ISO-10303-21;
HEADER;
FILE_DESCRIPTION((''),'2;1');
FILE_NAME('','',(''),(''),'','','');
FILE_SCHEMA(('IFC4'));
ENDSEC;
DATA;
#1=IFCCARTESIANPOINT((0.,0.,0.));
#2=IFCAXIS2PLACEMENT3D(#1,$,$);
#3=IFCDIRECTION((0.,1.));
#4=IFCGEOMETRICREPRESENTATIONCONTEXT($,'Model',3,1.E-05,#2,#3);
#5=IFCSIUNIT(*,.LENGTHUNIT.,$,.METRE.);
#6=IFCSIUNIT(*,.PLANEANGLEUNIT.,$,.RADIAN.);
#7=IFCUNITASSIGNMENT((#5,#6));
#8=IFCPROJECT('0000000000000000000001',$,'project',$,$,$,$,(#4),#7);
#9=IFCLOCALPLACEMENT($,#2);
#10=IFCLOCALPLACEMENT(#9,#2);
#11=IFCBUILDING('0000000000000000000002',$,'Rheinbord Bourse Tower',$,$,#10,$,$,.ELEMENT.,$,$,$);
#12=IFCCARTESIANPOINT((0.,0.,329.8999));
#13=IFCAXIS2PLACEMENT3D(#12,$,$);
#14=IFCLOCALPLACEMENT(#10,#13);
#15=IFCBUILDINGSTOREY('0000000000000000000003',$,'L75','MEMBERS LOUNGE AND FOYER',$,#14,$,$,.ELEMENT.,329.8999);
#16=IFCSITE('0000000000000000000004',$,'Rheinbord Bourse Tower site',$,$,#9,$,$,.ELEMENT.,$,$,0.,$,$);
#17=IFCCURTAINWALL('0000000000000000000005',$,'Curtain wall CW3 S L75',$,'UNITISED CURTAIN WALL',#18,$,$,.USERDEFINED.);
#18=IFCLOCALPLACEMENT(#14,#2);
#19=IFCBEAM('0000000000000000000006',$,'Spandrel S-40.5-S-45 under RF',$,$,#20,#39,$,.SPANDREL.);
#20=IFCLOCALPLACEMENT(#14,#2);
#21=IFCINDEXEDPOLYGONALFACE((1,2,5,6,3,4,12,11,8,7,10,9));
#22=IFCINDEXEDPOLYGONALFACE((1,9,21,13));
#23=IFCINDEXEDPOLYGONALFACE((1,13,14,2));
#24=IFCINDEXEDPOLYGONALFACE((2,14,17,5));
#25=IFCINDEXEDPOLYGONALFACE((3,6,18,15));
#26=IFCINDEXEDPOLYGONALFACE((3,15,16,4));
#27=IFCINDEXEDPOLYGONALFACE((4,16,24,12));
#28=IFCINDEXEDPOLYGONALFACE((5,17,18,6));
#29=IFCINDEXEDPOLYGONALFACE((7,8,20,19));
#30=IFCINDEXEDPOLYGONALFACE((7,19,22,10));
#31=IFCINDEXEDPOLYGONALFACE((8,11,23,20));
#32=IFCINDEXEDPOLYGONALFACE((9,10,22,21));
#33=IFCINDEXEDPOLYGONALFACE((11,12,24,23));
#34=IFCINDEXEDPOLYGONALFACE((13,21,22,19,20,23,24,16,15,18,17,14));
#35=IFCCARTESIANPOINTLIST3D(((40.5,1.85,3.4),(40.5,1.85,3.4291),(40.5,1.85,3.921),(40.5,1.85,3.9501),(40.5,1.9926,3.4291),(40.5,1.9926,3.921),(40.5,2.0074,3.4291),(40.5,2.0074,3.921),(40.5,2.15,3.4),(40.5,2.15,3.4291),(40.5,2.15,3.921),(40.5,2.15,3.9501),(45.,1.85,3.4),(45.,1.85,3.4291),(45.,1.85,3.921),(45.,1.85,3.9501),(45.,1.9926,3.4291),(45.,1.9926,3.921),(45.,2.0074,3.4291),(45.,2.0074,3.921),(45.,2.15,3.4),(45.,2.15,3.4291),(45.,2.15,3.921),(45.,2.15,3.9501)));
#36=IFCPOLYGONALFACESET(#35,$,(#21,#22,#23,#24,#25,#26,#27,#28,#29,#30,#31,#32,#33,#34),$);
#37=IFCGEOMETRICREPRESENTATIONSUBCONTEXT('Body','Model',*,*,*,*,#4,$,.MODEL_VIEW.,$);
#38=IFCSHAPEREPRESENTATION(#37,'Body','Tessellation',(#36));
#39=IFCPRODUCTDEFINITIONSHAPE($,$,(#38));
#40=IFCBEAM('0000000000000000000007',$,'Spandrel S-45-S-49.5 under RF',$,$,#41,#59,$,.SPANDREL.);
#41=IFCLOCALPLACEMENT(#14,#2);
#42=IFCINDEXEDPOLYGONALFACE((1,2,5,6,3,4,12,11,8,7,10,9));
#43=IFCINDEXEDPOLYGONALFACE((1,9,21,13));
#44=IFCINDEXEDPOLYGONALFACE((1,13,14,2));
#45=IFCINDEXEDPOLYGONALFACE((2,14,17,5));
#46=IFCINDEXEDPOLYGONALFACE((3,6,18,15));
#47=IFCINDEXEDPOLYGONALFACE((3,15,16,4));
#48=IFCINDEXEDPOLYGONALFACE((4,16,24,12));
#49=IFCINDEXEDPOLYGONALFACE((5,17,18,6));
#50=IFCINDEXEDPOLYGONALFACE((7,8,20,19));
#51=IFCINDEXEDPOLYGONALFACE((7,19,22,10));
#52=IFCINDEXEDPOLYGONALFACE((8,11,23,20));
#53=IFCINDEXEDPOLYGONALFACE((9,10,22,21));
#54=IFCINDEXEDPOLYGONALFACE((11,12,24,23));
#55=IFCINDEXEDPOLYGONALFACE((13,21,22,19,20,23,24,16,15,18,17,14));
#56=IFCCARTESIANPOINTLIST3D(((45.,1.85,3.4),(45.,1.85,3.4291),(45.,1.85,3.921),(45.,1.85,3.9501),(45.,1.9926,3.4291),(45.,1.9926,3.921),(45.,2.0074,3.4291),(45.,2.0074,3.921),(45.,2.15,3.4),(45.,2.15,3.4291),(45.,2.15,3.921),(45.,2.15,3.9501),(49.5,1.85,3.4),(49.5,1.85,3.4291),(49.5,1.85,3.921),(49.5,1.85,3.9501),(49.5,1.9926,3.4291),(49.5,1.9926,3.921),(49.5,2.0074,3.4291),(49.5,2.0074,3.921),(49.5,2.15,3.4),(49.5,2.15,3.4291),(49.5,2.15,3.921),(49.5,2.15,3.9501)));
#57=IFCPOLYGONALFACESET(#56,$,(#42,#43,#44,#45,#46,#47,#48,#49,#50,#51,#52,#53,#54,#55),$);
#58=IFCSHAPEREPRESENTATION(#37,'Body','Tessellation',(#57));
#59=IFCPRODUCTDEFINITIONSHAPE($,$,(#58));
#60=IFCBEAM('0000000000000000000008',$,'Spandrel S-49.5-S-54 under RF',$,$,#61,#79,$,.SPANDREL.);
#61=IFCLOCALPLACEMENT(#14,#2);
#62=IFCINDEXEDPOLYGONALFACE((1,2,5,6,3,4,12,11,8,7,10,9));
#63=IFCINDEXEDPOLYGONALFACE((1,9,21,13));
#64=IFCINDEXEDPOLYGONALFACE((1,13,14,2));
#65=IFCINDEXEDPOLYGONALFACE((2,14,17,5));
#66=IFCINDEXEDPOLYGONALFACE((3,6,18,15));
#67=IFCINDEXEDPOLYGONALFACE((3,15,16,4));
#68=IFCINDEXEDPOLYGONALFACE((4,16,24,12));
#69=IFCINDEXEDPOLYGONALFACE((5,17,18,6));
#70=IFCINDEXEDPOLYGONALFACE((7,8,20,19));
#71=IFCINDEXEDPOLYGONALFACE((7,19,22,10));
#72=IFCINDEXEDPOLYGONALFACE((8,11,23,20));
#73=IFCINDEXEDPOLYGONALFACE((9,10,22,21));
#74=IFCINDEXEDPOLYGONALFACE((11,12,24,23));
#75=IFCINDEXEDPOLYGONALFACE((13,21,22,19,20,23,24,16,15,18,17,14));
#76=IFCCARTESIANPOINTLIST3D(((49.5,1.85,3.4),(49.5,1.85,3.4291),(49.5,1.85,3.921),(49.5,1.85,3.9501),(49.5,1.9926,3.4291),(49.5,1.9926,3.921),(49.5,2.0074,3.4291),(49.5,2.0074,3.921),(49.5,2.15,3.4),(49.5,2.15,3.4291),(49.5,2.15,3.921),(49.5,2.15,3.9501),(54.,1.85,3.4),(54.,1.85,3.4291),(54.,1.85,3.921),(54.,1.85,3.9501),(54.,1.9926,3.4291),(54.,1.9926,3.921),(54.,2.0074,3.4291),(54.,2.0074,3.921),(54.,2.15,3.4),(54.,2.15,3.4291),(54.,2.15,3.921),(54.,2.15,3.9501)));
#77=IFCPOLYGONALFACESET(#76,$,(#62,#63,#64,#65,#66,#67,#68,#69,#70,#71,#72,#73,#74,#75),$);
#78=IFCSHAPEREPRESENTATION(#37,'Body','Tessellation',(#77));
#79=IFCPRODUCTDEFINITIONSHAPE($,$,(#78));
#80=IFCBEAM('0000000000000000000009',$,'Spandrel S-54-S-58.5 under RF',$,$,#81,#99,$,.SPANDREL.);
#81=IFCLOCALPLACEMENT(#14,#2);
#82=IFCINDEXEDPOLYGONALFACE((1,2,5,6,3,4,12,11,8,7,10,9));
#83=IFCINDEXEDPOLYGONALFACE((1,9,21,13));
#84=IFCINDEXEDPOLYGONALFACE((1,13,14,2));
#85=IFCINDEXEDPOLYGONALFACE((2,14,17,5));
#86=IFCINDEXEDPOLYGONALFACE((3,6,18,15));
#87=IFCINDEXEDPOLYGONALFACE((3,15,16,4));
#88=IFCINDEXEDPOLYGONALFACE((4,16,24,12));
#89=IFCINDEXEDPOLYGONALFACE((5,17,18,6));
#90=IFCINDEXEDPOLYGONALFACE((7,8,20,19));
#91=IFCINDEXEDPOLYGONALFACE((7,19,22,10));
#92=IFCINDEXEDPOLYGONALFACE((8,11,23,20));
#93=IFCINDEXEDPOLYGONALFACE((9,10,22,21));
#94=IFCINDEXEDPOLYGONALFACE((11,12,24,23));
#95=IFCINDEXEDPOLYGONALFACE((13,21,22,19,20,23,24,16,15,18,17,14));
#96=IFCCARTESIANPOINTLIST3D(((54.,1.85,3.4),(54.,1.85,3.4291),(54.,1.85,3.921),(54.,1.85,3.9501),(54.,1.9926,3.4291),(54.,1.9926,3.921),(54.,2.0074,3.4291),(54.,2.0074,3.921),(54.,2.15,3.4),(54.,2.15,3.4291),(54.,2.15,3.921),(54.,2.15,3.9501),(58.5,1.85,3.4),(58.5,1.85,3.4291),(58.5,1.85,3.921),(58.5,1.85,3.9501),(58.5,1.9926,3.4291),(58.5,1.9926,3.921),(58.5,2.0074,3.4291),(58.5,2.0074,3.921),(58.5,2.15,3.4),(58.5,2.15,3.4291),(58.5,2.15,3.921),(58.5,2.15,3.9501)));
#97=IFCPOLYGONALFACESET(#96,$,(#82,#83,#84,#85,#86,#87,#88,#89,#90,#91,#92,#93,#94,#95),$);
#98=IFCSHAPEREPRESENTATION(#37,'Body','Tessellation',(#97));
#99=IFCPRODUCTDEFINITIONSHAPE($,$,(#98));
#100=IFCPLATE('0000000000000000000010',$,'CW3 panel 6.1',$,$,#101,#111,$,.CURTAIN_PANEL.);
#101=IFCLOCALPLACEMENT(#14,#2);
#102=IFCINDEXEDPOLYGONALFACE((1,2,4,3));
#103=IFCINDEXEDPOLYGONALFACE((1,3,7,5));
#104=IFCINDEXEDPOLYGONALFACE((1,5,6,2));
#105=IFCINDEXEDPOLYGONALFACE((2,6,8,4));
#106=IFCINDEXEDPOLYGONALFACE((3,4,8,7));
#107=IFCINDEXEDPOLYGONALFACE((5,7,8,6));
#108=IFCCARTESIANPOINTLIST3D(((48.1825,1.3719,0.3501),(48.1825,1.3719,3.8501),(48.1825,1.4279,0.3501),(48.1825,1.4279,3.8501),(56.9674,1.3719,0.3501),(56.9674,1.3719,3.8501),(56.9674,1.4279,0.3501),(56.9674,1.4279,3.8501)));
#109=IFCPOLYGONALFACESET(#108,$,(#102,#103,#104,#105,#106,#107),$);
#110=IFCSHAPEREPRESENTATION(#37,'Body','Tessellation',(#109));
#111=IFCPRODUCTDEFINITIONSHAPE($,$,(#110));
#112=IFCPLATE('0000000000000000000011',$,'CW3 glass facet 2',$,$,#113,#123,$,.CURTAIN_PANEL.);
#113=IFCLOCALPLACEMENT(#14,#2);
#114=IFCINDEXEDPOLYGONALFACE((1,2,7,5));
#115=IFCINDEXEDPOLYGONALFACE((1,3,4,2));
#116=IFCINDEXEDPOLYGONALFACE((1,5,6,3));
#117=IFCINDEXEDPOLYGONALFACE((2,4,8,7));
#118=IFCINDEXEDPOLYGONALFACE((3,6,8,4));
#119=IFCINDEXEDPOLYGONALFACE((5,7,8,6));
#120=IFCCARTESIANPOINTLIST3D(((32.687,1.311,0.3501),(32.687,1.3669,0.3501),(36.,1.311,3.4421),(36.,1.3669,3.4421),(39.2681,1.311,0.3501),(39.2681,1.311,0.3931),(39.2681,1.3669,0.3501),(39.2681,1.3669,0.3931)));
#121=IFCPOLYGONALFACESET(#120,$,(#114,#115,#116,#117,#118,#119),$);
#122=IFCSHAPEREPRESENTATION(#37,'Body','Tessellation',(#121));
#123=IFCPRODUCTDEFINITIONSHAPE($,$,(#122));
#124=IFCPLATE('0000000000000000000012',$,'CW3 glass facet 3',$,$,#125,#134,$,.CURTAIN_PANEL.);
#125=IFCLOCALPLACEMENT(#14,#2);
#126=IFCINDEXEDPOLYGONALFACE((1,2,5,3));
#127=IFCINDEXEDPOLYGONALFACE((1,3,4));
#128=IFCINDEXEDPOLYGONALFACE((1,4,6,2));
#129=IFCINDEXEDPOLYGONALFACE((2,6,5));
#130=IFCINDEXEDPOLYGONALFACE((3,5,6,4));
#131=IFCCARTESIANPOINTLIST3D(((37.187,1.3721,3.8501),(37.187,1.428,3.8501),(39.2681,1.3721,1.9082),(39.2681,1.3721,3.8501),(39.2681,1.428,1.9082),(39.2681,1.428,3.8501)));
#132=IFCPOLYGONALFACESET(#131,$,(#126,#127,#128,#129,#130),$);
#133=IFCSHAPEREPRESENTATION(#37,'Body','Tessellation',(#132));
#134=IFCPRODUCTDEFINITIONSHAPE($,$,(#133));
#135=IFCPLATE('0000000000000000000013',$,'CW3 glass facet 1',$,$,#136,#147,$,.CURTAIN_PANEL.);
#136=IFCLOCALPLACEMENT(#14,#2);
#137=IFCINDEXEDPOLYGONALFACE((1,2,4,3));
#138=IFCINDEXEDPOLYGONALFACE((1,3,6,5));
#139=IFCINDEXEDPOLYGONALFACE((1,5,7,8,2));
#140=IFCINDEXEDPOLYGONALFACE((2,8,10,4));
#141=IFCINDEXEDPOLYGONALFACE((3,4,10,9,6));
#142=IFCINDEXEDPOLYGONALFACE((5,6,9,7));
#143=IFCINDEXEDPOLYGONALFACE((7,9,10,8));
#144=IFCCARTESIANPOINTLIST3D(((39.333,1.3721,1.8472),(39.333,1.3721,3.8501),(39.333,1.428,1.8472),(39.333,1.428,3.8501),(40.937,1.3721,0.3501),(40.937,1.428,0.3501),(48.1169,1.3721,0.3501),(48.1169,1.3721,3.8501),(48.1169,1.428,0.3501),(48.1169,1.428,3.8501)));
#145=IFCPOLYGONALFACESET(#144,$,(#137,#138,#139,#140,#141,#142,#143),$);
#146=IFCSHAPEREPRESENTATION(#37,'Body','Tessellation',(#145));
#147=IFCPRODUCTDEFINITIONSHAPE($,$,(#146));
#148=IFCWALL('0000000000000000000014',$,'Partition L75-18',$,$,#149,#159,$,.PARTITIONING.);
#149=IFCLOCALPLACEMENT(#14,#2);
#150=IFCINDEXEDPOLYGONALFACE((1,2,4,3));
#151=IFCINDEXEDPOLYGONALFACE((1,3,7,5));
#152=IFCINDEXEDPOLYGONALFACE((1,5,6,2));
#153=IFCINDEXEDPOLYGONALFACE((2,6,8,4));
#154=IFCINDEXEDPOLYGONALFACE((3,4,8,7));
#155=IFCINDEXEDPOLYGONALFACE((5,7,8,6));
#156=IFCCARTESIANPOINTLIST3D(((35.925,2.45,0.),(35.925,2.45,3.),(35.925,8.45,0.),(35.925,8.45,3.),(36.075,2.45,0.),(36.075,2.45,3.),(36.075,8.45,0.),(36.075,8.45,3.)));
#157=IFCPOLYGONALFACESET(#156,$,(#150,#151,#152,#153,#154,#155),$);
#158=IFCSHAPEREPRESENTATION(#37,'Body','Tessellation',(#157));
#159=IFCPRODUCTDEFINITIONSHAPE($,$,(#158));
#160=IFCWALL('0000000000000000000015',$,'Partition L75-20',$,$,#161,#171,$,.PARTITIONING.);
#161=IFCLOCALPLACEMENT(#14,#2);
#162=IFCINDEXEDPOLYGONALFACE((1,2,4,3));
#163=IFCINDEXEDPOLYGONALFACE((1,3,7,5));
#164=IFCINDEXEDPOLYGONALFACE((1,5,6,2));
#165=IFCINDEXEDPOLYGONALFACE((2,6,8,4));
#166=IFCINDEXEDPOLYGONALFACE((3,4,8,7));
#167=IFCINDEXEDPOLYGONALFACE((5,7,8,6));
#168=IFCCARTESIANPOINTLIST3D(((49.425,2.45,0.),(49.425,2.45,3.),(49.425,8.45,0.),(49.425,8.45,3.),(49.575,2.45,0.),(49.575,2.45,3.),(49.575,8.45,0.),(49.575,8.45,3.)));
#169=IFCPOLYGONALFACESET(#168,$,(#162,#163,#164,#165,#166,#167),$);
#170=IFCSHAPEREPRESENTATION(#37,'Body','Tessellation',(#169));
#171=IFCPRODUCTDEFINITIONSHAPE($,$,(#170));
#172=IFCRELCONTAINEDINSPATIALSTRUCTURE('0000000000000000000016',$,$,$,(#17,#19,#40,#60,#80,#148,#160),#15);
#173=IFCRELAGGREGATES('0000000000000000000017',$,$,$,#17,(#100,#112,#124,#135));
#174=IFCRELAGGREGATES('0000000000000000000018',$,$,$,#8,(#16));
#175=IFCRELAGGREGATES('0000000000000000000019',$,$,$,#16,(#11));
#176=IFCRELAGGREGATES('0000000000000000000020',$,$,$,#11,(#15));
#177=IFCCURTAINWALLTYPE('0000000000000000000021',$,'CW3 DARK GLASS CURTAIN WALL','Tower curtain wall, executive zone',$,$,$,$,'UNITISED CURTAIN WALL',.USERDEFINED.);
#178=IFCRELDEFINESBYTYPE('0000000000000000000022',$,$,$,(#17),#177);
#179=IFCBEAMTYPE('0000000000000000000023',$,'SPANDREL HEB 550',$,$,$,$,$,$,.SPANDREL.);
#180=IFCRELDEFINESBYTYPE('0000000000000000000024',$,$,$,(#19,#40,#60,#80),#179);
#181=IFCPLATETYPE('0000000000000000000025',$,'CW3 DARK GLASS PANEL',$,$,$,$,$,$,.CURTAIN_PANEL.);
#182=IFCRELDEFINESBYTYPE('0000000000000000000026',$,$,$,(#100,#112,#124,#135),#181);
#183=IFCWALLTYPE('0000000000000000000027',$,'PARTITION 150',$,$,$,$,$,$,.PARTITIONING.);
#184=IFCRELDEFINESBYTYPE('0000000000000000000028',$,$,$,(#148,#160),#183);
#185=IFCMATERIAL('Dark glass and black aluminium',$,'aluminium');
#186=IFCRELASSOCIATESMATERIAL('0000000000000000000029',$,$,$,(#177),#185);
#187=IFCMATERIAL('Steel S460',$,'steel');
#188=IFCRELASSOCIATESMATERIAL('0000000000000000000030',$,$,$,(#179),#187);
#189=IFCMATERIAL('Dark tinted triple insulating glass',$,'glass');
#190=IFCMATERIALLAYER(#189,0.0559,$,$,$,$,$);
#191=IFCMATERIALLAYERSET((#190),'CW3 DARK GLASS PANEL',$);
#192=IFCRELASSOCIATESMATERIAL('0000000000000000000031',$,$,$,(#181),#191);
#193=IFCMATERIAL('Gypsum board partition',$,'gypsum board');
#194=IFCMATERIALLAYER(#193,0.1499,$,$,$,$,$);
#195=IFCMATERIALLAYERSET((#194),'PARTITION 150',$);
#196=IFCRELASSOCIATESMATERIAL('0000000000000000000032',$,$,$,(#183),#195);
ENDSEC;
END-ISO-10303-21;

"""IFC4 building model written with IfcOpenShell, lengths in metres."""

from ifc_helpers import new_model, si_unit, direction, frame, frame_2d, origin, origin_2d, place, context, subcontext, project, spatial, polyline, rectangle, i_section, outline, extrude, material, layer, layer_set, material_profile, profile_set, type_object, element, aggregate, save


model = new_model("IFC4")

# Units and contexts
model_context = context("Model", 3, precision=1e-05, world=origin(), true_north=direction((0.0, 1.0)))
body_context = subcontext(model_context, "Body", "Model", "MODEL_VIEW")
ifc_project = project(units=[si_unit("LENGTHUNIT", "METRE"), si_unit("PLANEANGLEUNIT", "RADIAN")], contexts=[model_context])

# Site, building, storey
site_placement = place(None, origin())
site = spatial("IfcSite", under=ifc_project, at=site_placement, Name="Rheinbord Bourse Tower site", CompositionType="ELEMENT", RefElevation=0.0)
building_placement = place(site_placement, origin())
building = spatial("IfcBuilding", under=site, at=building_placement, Name="Rheinbord Bourse Tower", CompositionType="ELEMENT")
storey_placement = place(building_placement, frame((0.0, 0.0, 329.8999)))
storey = spatial("IfcBuildingStorey", under=building, at=storey_placement, Name="L75", Description="MEMBERS LOUNGE AND FOYER", CompositionType="ELEMENT", Elevation=329.8999)

# Curtain wall
ifc_material_1 = material(Name="Dark glass and black aluminium", Category="aluminium")
curtain_wall_type = type_object("IfcCurtainWallType", Name="CW3 DARK GLASS CURTAIN WALL", Description="Tower curtain wall, executive zone", ElementType="UNITISED CURTAIN WALL", PredefinedType="USERDEFINED", material=ifc_material_1)
curtain_wall_placement = place(storey_placement, origin())
curtain_wall = element("IfcCurtainWall", 1, at=curtain_wall_placement, inside=storey, type_object=curtain_wall_type, Name="Curtain wall CW3 S L75", ObjectType="UNITISED CURTAIN WALL", PredefinedType="USERDEFINED")

# Beams
ifc_material_2 = material(Name="Steel S460", Category="steel")
ifc_material_profile_1 = material_profile(ifc_material_2, i_section(OverallWidth=0.3, OverallDepth=0.55, WebThickness=0.0149, FlangeThickness=0.0291, at=origin_2d()), Name="HEB 550")
ifc_profile_set_1 = profile_set([ifc_material_profile_1], Name="Steel S460")
beam_type_1 = type_object("IfcBeamType", Name="SPANDREL HEB 550", PredefinedType="SPANDREL", material=ifc_profile_set_1)
for number, where, z_axis, x_axis, name in (
    (2, (40.5, 2.0, 3.675), (1.0, 0.0, 0.0), (0.0, 1.0, 0.0), "Spandrel S-40.5-S-45 under RF"),
    (3, (45.0, 2.0, 3.675), (1.0, 0.0, 0.0), (0.0, 1.0, 0.0), "Spandrel S-45-S-49.5 under RF"),
    (4, (49.5, 2.0, 3.675), (1.0, 0.0, 0.0), (0.0, 1.0, 0.0), "Spandrel S-49.5-S-54 under RF"),
    (5, (54.0, 2.0, 3.675), (1.0, 0.0, 0.0), (0.0, 1.0, 0.0), "Spandrel S-54-S-58.5 under RF"),
):
    element("IfcBeam", number, at=place(storey_placement, frame(where, z_axis=z_axis, x_axis=x_axis)), inside=storey, type_object=beam_type_1, Name=name, PredefinedType="SPANDREL", context=body_context, shape_type="SweptSolid", body=[
        extrude(i_section(OverallWidth=0.3, OverallDepth=0.55, WebThickness=0.0149, FlangeThickness=0.0291, at=origin_2d()), origin(), (0.0, 0.0, 1.0), 4.5),
    ])

# Plates
ifc_material_3 = material(Name="Dark tinted triple insulating glass", Category="glass")
ifc_layer_1 = layer(ifc_material_3, 0.0559)
ifc_layer_set_1 = layer_set([ifc_layer_1], Name="CW3 DARK GLASS PANEL")
plate_type = type_object("IfcPlateType", Name="CW3 DARK GLASS PANEL", PredefinedType="CURTAIN_PANEL", material=ifc_layer_set_1)
plate_1_placement = place(storey_placement, frame((52.575, 1.3999, 0.3501), z_axis=(0.0, 0.0, 1.0), x_axis=(1.0, 0.0, 0.0)))
plate_1 = element("IfcPlate", 6, at=plate_1_placement, type_object=plate_type, Name="CW3 panel 6.1", PredefinedType="CURTAIN_PANEL", context=body_context, shape_type="SweptSolid", body=[
    extrude(rectangle(XDim=8.7849, YDim=0.0559, at=origin_2d()), origin(), (0.0, 0.0, 1.0), 3.5),
])
plate_2_placement = place(storey_placement, frame((39.2681, 1.311, 0.3501), z_axis=(0.0, 1.0, 0.0), x_axis=(-1.0, 0.0, 0.0)))
plate_2 = element("IfcPlate", 7, at=plate_2_placement, type_object=plate_type, Name="CW3 glass facet 2", PredefinedType="CURTAIN_PANEL", context=body_context, shape_type="SweptSolid", body=[
    extrude(outline(polyline([(0.0, 0.0), (6.5811, 0.0), (3.2681, 3.092), (0.0, 0.043), (0.0, 0.0)])), origin(), (0.0, 0.0, 1.0), 0.0559),
])
plate_3_placement = place(storey_placement, frame((39.2681, 1.3721, 3.8501), z_axis=(0.0, 1.0, 0.0), x_axis=(0.0, 0.0, -1.0)))
plate_3 = element("IfcPlate", 8, at=plate_3_placement, type_object=plate_type, Name="CW3 glass facet 3", PredefinedType="CURTAIN_PANEL", context=body_context, shape_type="SweptSolid", body=[
    extrude(outline(polyline([(0.0, 0.0), (1.9419, 0.0), (0.0, 2.0811), (0.0, 0.0)])), origin(), (0.0, 0.0, 1.0), 0.0559),
])
plate_4_placement = place(storey_placement, frame((39.333, 1.3721, 3.8501), z_axis=(0.0, 1.0, 0.0), x_axis=(1.0, 0.0, 0.0)))
plate_4 = element("IfcPlate", 9, at=plate_4_placement, type_object=plate_type, Name="CW3 glass facet 1", PredefinedType="CURTAIN_PANEL", context=body_context, shape_type="SweptSolid", body=[
    extrude(outline(polyline([(0.0, 0.0), (8.7839, 0.0), (8.7839, 3.5), (1.604, 3.5), (0.0, 2.0029), (0.0, 0.0)])), origin(), (0.0, 0.0, 1.0), 0.0559),
])
aggregate(curtain_wall, [plate_1, plate_2, plate_3, plate_4])

# Walls
ifc_material_4 = material(Name="Gypsum board partition", Category="gypsum board")
ifc_layer_2 = layer(ifc_material_4, 0.1499)
ifc_layer_set_2 = layer_set([ifc_layer_2], Name="PARTITION 150")
wall_type = type_object("IfcWallType", Name="PARTITION 150", PredefinedType="PARTITIONING", material=ifc_layer_set_2)
for number, where, z_axis, x_axis, name in (
    (10, (36.0, 2.45, 0.0), (0.0, 0.0, 1.0), (0.0, 1.0, 0.0), "Partition L75-18"),
    (11, (49.5, 2.45, 0.0), (0.0, 0.0, 1.0), (0.0, 1.0, 0.0), "Partition L75-20"),
):
    element("IfcWall", number, at=place(storey_placement, frame(where, z_axis=z_axis, x_axis=x_axis)), inside=storey, type_object=wall_type, Name=name, PredefinedType="PARTITIONING", context=body_context, shape_type="SweptSolid", body=[
        extrude(rectangle(XDim=6.0, YDim=0.1499, at=frame_2d((3.0, 0.0))), origin(), (0.0, 0.0, 1.0), 3.0),
    ])

save(model, "model.ifc")
